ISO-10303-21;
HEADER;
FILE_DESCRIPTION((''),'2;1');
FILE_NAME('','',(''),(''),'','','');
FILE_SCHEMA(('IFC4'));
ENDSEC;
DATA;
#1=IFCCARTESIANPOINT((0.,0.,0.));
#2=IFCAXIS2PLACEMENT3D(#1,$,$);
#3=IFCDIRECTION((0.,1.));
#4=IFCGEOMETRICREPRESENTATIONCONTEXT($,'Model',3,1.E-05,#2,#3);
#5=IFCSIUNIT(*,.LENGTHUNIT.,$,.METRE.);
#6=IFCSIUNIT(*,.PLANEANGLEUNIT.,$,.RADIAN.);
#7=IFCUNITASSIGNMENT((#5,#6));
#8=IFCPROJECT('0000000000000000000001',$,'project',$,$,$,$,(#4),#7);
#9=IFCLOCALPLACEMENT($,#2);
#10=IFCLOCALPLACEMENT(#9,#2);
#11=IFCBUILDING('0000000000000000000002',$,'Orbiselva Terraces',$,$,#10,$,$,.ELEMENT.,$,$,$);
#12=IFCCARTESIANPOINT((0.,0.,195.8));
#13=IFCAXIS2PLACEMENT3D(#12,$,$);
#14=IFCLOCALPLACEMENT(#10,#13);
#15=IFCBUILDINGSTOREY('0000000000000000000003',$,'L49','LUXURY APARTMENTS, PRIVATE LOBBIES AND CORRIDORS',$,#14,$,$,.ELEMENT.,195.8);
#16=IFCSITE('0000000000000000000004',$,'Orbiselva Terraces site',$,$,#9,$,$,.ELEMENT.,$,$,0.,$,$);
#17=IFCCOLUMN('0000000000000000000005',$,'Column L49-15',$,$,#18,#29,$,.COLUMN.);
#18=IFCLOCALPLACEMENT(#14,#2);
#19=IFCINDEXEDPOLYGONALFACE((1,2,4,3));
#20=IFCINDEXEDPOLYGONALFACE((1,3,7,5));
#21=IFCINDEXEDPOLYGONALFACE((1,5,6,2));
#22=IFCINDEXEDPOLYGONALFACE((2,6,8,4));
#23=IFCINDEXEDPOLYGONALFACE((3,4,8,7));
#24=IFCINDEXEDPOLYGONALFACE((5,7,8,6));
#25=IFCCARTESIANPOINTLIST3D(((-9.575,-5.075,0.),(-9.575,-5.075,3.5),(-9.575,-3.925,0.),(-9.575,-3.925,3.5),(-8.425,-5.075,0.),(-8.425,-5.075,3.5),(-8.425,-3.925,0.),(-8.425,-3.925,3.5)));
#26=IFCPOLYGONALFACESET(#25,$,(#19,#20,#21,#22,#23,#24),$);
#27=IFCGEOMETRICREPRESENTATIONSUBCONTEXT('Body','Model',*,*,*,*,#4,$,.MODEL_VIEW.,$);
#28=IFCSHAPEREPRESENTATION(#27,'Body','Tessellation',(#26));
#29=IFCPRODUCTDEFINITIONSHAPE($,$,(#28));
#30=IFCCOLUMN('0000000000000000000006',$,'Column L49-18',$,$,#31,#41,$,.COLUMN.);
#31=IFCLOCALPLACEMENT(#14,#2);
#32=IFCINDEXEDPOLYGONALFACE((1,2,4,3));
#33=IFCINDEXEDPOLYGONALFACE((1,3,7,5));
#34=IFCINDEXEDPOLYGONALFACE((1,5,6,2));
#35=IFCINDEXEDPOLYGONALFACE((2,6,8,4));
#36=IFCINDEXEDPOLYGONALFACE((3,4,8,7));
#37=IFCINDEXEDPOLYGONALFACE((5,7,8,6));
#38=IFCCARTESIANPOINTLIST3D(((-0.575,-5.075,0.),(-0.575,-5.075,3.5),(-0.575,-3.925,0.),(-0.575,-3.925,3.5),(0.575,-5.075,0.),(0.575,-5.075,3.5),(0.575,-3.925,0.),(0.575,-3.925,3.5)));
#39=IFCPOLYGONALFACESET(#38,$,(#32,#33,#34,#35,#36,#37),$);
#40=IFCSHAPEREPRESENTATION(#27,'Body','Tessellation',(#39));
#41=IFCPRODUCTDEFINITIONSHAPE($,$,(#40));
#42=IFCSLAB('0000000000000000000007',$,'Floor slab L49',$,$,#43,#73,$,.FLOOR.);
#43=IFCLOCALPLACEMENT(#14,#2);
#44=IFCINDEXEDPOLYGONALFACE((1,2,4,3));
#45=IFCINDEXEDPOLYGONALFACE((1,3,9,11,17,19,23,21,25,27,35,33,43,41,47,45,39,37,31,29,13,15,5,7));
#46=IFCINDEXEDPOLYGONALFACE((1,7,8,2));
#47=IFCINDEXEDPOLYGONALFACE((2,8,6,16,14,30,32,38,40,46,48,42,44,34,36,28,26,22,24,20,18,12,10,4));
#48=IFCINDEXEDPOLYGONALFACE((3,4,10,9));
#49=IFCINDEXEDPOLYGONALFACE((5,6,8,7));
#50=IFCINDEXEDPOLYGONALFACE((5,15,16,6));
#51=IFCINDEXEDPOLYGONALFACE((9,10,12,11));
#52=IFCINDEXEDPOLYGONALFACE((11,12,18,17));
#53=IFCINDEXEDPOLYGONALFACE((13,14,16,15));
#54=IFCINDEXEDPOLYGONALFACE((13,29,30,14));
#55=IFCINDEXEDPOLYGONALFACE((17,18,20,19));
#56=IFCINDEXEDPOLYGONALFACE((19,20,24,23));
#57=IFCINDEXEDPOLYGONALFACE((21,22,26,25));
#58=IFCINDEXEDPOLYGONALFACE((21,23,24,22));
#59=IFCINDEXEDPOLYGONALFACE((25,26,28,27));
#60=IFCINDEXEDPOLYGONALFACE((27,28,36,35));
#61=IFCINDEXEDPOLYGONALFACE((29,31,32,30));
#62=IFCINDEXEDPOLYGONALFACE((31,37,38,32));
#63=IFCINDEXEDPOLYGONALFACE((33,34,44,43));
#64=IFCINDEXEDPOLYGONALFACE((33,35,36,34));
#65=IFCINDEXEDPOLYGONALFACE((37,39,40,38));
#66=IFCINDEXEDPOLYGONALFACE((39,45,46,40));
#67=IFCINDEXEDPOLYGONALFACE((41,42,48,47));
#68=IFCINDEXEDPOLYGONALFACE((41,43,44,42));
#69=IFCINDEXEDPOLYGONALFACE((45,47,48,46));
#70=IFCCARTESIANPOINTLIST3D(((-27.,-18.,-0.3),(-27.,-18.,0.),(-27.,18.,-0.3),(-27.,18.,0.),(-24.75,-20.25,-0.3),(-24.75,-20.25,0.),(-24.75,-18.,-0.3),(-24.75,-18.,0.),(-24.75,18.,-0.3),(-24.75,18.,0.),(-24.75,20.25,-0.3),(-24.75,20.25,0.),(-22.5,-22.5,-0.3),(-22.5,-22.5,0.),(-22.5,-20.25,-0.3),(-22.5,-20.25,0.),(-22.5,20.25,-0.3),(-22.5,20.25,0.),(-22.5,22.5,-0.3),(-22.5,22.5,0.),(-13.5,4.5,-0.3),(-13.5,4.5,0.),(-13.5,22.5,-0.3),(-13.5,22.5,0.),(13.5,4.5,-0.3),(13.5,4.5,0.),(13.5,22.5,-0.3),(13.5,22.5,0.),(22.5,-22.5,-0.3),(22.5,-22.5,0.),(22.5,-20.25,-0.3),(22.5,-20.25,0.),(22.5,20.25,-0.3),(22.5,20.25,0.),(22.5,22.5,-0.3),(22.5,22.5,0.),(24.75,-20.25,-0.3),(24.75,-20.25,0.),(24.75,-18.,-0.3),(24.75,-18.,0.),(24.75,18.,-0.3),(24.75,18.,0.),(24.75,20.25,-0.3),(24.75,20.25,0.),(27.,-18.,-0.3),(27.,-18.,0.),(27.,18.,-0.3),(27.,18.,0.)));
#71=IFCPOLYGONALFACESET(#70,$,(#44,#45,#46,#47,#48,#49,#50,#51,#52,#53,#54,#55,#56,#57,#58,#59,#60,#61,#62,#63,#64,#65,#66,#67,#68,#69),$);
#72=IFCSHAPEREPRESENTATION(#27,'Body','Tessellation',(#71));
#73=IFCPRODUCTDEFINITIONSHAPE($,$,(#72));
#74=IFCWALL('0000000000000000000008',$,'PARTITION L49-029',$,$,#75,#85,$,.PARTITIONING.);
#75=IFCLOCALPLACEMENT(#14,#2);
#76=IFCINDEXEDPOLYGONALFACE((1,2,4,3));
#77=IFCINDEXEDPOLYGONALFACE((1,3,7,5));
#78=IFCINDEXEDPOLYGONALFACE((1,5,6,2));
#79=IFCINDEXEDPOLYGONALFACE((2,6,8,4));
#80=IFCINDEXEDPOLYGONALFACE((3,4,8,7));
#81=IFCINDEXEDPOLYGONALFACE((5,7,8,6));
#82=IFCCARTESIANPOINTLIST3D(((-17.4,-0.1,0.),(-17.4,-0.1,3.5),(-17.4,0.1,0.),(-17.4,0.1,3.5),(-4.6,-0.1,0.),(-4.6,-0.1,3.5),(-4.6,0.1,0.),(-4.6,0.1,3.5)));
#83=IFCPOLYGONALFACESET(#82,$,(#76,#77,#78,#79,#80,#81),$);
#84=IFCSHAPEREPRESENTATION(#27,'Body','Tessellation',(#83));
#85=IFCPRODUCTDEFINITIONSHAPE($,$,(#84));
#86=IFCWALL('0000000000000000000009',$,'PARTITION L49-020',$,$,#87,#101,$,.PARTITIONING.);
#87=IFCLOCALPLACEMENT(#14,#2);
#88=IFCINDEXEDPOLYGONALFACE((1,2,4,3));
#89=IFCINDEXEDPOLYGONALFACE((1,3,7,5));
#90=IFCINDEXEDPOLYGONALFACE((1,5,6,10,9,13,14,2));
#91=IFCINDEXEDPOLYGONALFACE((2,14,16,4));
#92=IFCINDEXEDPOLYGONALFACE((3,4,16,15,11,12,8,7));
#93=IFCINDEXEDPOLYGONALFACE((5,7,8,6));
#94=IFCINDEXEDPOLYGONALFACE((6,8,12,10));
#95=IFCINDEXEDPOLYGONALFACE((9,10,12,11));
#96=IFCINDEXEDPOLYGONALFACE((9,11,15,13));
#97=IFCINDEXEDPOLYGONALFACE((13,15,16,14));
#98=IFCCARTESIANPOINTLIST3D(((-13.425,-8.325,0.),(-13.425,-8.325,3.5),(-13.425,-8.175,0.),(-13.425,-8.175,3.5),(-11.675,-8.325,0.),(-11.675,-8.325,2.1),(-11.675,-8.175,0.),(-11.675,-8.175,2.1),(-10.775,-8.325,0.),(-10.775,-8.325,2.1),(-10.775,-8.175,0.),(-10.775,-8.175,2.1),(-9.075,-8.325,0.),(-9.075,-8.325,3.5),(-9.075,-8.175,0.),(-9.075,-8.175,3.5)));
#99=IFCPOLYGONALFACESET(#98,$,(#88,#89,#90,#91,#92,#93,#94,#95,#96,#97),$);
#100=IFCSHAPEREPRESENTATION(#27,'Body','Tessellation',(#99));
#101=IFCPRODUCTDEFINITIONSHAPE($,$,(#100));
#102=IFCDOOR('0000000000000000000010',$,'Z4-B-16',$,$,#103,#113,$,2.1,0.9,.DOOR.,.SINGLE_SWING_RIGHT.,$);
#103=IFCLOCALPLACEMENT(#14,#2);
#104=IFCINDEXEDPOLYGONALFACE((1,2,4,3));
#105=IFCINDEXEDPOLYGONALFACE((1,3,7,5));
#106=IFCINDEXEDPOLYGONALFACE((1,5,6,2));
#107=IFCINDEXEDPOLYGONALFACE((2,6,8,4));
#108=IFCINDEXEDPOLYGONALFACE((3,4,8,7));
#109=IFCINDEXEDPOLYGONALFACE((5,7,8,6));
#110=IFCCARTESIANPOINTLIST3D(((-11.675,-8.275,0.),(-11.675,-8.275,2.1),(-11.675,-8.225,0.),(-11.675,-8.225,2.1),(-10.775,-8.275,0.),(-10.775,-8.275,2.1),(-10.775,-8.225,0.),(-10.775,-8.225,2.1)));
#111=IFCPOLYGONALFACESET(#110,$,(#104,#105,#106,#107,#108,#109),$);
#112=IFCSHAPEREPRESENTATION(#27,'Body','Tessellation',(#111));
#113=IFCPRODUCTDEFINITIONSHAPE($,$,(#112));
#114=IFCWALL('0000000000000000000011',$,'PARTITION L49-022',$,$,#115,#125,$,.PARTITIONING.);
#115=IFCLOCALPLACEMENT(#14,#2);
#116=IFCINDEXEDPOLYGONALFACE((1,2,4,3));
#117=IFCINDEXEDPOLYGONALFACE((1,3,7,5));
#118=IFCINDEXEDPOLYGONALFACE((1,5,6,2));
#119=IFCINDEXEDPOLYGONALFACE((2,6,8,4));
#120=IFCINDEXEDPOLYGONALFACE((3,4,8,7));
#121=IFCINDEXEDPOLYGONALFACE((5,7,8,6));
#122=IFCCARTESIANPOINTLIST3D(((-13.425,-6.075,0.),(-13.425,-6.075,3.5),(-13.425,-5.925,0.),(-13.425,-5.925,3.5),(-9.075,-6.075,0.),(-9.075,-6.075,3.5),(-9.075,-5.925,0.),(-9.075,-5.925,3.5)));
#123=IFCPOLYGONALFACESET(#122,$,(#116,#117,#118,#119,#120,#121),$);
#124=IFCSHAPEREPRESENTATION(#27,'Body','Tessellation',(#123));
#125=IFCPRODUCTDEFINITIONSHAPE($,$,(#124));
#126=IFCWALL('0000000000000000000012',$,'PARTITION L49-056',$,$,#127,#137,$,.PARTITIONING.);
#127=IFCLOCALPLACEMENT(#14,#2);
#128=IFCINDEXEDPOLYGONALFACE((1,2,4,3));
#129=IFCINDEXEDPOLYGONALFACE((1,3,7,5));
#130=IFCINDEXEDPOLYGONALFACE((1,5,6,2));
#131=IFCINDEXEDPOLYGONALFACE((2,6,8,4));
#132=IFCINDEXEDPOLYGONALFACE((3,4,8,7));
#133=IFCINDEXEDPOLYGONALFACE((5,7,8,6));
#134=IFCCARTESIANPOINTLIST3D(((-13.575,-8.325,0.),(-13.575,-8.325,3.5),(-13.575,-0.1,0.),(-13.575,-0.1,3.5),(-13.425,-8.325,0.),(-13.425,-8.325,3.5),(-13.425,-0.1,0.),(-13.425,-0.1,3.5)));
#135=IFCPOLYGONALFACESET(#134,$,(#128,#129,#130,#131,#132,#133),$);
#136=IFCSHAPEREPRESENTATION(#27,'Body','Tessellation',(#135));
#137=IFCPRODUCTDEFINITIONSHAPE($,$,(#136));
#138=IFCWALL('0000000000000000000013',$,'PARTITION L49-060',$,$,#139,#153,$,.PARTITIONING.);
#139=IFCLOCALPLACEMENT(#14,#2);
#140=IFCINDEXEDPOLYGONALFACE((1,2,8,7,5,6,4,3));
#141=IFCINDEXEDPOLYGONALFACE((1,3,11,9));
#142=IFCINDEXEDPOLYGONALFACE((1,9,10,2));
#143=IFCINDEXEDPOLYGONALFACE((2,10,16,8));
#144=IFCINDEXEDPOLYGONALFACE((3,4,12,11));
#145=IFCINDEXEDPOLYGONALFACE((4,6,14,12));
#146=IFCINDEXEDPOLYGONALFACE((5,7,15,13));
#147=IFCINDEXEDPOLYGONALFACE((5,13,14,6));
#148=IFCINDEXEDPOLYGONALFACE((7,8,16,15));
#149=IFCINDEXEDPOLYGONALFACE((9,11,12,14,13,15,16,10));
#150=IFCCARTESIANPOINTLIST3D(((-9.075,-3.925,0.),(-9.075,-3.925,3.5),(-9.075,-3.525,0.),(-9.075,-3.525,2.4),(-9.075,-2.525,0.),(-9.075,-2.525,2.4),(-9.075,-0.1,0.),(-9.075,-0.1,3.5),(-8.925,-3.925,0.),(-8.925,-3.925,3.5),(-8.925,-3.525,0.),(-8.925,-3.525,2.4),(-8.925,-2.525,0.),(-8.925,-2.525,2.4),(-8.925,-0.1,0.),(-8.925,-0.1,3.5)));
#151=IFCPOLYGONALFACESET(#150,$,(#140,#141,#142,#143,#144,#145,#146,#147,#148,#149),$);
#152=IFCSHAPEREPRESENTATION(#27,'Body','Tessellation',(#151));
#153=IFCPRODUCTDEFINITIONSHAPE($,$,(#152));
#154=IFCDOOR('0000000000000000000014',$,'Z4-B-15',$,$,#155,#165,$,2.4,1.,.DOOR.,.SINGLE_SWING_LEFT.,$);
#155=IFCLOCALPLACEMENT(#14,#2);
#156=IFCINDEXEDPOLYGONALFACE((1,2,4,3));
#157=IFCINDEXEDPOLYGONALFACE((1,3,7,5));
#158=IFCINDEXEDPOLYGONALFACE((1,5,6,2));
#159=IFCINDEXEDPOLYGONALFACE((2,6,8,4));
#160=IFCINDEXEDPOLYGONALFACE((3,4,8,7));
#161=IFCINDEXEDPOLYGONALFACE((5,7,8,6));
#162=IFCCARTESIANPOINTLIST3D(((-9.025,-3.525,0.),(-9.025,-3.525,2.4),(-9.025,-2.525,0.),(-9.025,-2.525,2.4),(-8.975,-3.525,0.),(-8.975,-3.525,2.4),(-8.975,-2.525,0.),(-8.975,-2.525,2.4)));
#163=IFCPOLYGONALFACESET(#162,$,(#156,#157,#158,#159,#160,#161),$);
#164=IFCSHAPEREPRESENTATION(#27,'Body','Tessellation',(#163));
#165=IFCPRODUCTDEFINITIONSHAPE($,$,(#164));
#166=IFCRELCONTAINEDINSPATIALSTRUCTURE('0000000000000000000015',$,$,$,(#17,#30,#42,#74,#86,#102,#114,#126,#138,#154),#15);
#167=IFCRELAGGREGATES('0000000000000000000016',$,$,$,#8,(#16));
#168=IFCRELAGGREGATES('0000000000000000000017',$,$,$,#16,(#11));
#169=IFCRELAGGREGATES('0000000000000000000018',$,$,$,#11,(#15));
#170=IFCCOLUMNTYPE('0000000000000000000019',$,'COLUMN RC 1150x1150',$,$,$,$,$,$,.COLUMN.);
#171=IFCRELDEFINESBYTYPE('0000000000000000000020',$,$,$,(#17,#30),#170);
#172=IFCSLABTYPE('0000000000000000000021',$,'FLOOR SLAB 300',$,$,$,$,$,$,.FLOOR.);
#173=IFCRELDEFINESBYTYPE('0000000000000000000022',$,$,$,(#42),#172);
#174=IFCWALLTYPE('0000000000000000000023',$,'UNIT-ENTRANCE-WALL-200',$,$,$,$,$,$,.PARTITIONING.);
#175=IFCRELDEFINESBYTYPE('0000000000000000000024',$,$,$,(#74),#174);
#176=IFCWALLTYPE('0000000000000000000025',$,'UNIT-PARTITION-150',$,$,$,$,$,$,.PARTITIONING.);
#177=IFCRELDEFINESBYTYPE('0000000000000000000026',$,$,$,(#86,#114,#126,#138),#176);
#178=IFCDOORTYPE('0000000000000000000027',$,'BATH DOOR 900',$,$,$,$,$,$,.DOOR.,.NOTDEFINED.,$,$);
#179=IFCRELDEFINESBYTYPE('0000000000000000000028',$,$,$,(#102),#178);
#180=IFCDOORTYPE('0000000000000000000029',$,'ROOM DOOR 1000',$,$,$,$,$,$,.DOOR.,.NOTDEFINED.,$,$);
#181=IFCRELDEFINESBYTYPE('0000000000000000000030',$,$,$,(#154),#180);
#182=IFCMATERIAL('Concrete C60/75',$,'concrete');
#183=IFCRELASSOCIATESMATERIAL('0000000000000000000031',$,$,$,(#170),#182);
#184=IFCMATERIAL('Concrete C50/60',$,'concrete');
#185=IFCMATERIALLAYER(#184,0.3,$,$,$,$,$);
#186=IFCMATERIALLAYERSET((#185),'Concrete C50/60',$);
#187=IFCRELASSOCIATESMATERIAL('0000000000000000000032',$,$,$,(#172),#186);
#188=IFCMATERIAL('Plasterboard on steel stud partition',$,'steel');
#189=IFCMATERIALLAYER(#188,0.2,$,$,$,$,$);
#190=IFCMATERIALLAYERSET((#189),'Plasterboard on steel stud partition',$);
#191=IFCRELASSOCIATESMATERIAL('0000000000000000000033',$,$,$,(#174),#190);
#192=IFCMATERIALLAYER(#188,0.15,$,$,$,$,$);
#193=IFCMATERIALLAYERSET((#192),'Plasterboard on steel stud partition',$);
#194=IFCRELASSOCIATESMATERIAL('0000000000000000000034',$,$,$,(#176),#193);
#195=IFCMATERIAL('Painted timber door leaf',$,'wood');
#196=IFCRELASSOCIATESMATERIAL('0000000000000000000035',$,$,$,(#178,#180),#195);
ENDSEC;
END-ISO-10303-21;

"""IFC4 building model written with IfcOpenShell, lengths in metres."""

from ifc_helpers import new_model, si_unit, direction, frame, frame_2d, origin, origin_2d, place, context, subcontext, project, spatial, polyline, rectangle, outline, extrude, material, layer, layer_set, material_profile, profile_set, type_object, element, fill, save


model = new_model("IFC4")

# Units and contexts
model_context = context("Model", 3, precision=1e-05, world=origin(), true_north=direction((0.0, 1.0)))
body_context = subcontext(model_context, "Body", "Model", "MODEL_VIEW")
ifc_project = project(units=[si_unit("LENGTHUNIT", "METRE"), si_unit("PLANEANGLEUNIT", "RADIAN")], contexts=[model_context])

# Site, building, storey
site_placement = place(None, origin())
site = spatial("IfcSite", under=ifc_project, at=site_placement, Name="Orbiselva Terraces site", CompositionType="ELEMENT", RefElevation=0.0)
building_placement = place(site_placement, origin())
building = spatial("IfcBuilding", under=site, at=building_placement, Name="Orbiselva Terraces", CompositionType="ELEMENT")
storey_placement = place(building_placement, frame((0.0, 0.0, 195.8)))
storey = spatial("IfcBuildingStorey", under=building, at=storey_placement, Name="L49", Description="LUXURY APARTMENTS, PRIVATE LOBBIES AND CORRIDORS", CompositionType="ELEMENT", Elevation=195.8)

# Columns
ifc_material_1 = material(Name="Concrete C60/75", Category="concrete")
ifc_material_profile = material_profile(ifc_material_1, rectangle(XDim=1.15, YDim=1.15, at=origin_2d()), Name="RC 1150x1150")
ifc_profile_set = profile_set([ifc_material_profile], Name="Concrete C60/75")
column_type = type_object("IfcColumnType", Name="COLUMN RC 1150x1150", PredefinedType="COLUMN", material=ifc_profile_set)
for number, where, z_axis, x_axis, name in (
    (1, (-9.0, -4.5, 0.0), (0.0, 0.0, 1.0), (1.0, 0.0, 0.0), "Column L49-15"),
    (2, (0.0, -4.5, 0.0), (0.0, 0.0, 1.0), (1.0, 0.0, 0.0), "Column L49-18"),
):
    element("IfcColumn", number, at=place(storey_placement, frame(where, z_axis=z_axis, x_axis=x_axis)), inside=storey, type_object=column_type, Name=name, PredefinedType="COLUMN", context=body_context, shape_type="SweptSolid", body=[
        extrude(rectangle(XDim=1.15, YDim=1.15, at=origin_2d()), origin(), (0.0, 0.0, 1.0), 3.5),
    ])

# Slab
ifc_material_2 = material(Name="Concrete C50/60", Category="concrete")
ifc_layer_1 = layer(ifc_material_2, 0.3)
ifc_layer_set_1 = layer_set([ifc_layer_1], Name="Concrete C50/60")
slab_type = type_object("IfcSlabType", Name="FLOOR SLAB 300", PredefinedType="FLOOR", material=ifc_layer_set_1)
slab_placement = place(storey_placement, frame((0.0, 0.0, -0.3)))
element("IfcSlab", 3, at=slab_placement, inside=storey, type_object=slab_type, Name="Floor slab L49", PredefinedType="FLOOR", context=body_context, shape_type="SweptSolid", body=[
    extrude(outline(polyline([(22.5, 22.5), (22.5, 20.25), (24.75, 20.25), (24.75, 18.0), (27.0, 18.0), (27.0, -18.0), (24.75, -18.0), (24.75, -20.25), (22.5, -20.25), (22.5, -22.5), (-22.5, -22.5), (-22.5, -20.25), (-24.75, -20.25), (-24.75, -18.0), (-27.0, -18.0), (-27.0, 18.0), (-24.75, 18.0), (-24.75, 20.25), (-22.5, 20.25), (-22.5, 22.5), (-13.5, 22.5), (-13.5, 4.5), (13.5, 4.5), (13.5, 22.5), (22.5, 22.5)])), origin(), (0.0, 0.0, 1.0), 0.3),
])

# Wall
ifc_material_3 = material(Name="Plasterboard on steel stud partition", Category="steel")
ifc_layer_2 = layer(ifc_material_3, 0.2)
ifc_layer_set_2 = layer_set([ifc_layer_2], Name="Plasterboard on steel stud partition")
wall_type_1 = type_object("IfcWallType", Name="UNIT-ENTRANCE-WALL-200", PredefinedType="PARTITIONING", material=ifc_layer_set_2)
wall_1_placement = place(storey_placement, frame((-17.4, 0.0, 0.0), z_axis=(0.0, 0.0, 1.0), x_axis=(1.0, 0.0, 0.0)))
element("IfcWall", 4, at=wall_1_placement, inside=storey, type_object=wall_type_1, Name="PARTITION L49-029", PredefinedType="PARTITIONING", context=body_context, shape_type="SweptSolid", body=[
    extrude(rectangle(XDim=12.8, YDim=0.2, at=frame_2d((6.4, 0.0))), origin(), (0.0, 0.0, 1.0), 3.5),
])

# Wall, opening, door
ifc_layer_3 = layer(ifc_material_3, 0.15)
ifc_layer_set_3 = layer_set([ifc_layer_3], Name="Plasterboard on steel stud partition")
wall_type_2 = type_object("IfcWallType", Name="UNIT-PARTITION-150", PredefinedType="PARTITIONING", material=ifc_layer_set_3)
wall_2_placement = place(storey_placement, frame((-13.425, -8.25, 0.0), z_axis=(0.0, 0.0, 1.0), x_axis=(1.0, 0.0, 0.0)))
wall_2 = element("IfcWall", 5, at=wall_2_placement, inside=storey, type_object=wall_type_2, Name="PARTITION L49-020", PredefinedType="PARTITIONING", context=body_context, shape_type="SweptSolid", body=[
    extrude(rectangle(XDim=4.35, YDim=0.15, at=frame_2d((2.175, 0.0))), origin(), (0.0, 0.0, 1.0), 3.5),
])
opening_1_placement = place(wall_2_placement, frame((1.75, 0.0, 0.0)))
opening_1 = element("IfcOpeningElement", 6, at=opening_1_placement, cuts=wall_2, PredefinedType="OPENING", context=body_context, shape_type="SweptSolid", body=[
    extrude(rectangle(XDim=0.9, YDim=2.1, at=frame_2d((0.45, 1.05))), frame((0.0, 0.085, 0.0), z_axis=(0.0, -1.0, 0.0), x_axis=(1.0, 0.0, 0.0)), (0.0, 0.0, 1.0), 0.17),
])
ifc_material_4 = material(Name="Painted timber door leaf", Category="wood")
door_type_1 = type_object("IfcDoorType", Name="BATH DOOR 900", OperationType="NOTDEFINED", PredefinedType="DOOR", material=ifc_material_4)
door_1_placement = place(opening_1_placement, origin())
door_1 = element("IfcDoor", 7, at=door_1_placement, inside=storey, type_object=door_type_1, Name="Z4-B-16", OperationType="SINGLE_SWING_RIGHT", OverallHeight=2.1, OverallWidth=0.9, PredefinedType="DOOR", context=body_context, shape_type="SweptSolid", body=[
    extrude(rectangle(XDim=0.9, YDim=2.1, at=frame_2d((0.45, 1.05))), frame((0.0, 0.025, 0.0), z_axis=(0.0, -1.0, 0.0), x_axis=(1.0, 0.0, 0.0)), (0.0, 0.0, 1.0), 0.05),
])
fill(opening_1, door_1)

# Walls
wall_3_placement = place(storey_placement, frame((-13.425, -6.0, 0.0), z_axis=(0.0, 0.0, 1.0), x_axis=(1.0, 0.0, 0.0)))
element("IfcWall", 8, at=wall_3_placement, inside=storey, type_object=wall_type_2, Name="PARTITION L49-022", PredefinedType="PARTITIONING", context=body_context, shape_type="SweptSolid", body=[
    extrude(rectangle(XDim=4.35, YDim=0.15, at=frame_2d((2.175, 0.0))), origin(), (0.0, 0.0, 1.0), 3.5),
])
wall_4_placement = place(storey_placement, frame((-13.5, -8.325, 0.0), z_axis=(0.0, 0.0, 1.0), x_axis=(0.0, 1.0, 0.0)))
element("IfcWall", 9, at=wall_4_placement, inside=storey, type_object=wall_type_2, Name="PARTITION L49-056", PredefinedType="PARTITIONING", context=body_context, shape_type="SweptSolid", body=[
    extrude(rectangle(XDim=8.225, YDim=0.15, at=frame_2d((4.1125, 0.0))), origin(), (0.0, 0.0, 1.0), 3.5),
])

# Wall, opening, door
wall_5_placement = place(storey_placement, frame((-9.0, -3.925, 0.0), z_axis=(0.0, 0.0, 1.0), x_axis=(0.0, 1.0, 0.0)))
wall_5 = element("IfcWall", 10, at=wall_5_placement, inside=storey, type_object=wall_type_2, Name="PARTITION L49-060", PredefinedType="PARTITIONING", context=body_context, shape_type="SweptSolid", body=[
    extrude(rectangle(XDim=3.825, YDim=0.15, at=frame_2d((1.9125, 0.0))), origin(), (0.0, 0.0, 1.0), 3.5),
])
opening_2_placement = place(wall_5_placement, frame((0.4, 0.0, 0.0)))
opening_2 = element("IfcOpeningElement", 11, at=opening_2_placement, cuts=wall_5, PredefinedType="OPENING", context=body_context, shape_type="SweptSolid", body=[
    extrude(rectangle(XDim=1.0, YDim=2.4, at=frame_2d((0.5, 1.2))), frame((0.0, 0.085, 0.0), z_axis=(0.0, -1.0, 0.0), x_axis=(1.0, 0.0, 0.0)), (0.0, 0.0, 1.0), 0.17),
])
door_type_2 = type_object("IfcDoorType", Name="ROOM DOOR 1000", OperationType="NOTDEFINED", PredefinedType="DOOR", material=ifc_material_4)
door_2_placement = place(opening_2_placement, origin())
door_2 = element("IfcDoor", 12, at=door_2_placement, inside=storey, type_object=door_type_2, Name="Z4-B-15", OperationType="SINGLE_SWING_LEFT", OverallHeight=2.4, OverallWidth=1.0, PredefinedType="DOOR", context=body_context, shape_type="SweptSolid", body=[
    extrude(rectangle(XDim=1.0, YDim=2.4, at=frame_2d((0.5, 1.2))), frame((0.0, 0.025, 0.0), z_axis=(0.0, -1.0, 0.0), x_axis=(1.0, 0.0, 0.0)), (0.0, 0.0, 1.0), 0.05),
])
fill(opening_2, door_2)

save(model, "model.ifc")
